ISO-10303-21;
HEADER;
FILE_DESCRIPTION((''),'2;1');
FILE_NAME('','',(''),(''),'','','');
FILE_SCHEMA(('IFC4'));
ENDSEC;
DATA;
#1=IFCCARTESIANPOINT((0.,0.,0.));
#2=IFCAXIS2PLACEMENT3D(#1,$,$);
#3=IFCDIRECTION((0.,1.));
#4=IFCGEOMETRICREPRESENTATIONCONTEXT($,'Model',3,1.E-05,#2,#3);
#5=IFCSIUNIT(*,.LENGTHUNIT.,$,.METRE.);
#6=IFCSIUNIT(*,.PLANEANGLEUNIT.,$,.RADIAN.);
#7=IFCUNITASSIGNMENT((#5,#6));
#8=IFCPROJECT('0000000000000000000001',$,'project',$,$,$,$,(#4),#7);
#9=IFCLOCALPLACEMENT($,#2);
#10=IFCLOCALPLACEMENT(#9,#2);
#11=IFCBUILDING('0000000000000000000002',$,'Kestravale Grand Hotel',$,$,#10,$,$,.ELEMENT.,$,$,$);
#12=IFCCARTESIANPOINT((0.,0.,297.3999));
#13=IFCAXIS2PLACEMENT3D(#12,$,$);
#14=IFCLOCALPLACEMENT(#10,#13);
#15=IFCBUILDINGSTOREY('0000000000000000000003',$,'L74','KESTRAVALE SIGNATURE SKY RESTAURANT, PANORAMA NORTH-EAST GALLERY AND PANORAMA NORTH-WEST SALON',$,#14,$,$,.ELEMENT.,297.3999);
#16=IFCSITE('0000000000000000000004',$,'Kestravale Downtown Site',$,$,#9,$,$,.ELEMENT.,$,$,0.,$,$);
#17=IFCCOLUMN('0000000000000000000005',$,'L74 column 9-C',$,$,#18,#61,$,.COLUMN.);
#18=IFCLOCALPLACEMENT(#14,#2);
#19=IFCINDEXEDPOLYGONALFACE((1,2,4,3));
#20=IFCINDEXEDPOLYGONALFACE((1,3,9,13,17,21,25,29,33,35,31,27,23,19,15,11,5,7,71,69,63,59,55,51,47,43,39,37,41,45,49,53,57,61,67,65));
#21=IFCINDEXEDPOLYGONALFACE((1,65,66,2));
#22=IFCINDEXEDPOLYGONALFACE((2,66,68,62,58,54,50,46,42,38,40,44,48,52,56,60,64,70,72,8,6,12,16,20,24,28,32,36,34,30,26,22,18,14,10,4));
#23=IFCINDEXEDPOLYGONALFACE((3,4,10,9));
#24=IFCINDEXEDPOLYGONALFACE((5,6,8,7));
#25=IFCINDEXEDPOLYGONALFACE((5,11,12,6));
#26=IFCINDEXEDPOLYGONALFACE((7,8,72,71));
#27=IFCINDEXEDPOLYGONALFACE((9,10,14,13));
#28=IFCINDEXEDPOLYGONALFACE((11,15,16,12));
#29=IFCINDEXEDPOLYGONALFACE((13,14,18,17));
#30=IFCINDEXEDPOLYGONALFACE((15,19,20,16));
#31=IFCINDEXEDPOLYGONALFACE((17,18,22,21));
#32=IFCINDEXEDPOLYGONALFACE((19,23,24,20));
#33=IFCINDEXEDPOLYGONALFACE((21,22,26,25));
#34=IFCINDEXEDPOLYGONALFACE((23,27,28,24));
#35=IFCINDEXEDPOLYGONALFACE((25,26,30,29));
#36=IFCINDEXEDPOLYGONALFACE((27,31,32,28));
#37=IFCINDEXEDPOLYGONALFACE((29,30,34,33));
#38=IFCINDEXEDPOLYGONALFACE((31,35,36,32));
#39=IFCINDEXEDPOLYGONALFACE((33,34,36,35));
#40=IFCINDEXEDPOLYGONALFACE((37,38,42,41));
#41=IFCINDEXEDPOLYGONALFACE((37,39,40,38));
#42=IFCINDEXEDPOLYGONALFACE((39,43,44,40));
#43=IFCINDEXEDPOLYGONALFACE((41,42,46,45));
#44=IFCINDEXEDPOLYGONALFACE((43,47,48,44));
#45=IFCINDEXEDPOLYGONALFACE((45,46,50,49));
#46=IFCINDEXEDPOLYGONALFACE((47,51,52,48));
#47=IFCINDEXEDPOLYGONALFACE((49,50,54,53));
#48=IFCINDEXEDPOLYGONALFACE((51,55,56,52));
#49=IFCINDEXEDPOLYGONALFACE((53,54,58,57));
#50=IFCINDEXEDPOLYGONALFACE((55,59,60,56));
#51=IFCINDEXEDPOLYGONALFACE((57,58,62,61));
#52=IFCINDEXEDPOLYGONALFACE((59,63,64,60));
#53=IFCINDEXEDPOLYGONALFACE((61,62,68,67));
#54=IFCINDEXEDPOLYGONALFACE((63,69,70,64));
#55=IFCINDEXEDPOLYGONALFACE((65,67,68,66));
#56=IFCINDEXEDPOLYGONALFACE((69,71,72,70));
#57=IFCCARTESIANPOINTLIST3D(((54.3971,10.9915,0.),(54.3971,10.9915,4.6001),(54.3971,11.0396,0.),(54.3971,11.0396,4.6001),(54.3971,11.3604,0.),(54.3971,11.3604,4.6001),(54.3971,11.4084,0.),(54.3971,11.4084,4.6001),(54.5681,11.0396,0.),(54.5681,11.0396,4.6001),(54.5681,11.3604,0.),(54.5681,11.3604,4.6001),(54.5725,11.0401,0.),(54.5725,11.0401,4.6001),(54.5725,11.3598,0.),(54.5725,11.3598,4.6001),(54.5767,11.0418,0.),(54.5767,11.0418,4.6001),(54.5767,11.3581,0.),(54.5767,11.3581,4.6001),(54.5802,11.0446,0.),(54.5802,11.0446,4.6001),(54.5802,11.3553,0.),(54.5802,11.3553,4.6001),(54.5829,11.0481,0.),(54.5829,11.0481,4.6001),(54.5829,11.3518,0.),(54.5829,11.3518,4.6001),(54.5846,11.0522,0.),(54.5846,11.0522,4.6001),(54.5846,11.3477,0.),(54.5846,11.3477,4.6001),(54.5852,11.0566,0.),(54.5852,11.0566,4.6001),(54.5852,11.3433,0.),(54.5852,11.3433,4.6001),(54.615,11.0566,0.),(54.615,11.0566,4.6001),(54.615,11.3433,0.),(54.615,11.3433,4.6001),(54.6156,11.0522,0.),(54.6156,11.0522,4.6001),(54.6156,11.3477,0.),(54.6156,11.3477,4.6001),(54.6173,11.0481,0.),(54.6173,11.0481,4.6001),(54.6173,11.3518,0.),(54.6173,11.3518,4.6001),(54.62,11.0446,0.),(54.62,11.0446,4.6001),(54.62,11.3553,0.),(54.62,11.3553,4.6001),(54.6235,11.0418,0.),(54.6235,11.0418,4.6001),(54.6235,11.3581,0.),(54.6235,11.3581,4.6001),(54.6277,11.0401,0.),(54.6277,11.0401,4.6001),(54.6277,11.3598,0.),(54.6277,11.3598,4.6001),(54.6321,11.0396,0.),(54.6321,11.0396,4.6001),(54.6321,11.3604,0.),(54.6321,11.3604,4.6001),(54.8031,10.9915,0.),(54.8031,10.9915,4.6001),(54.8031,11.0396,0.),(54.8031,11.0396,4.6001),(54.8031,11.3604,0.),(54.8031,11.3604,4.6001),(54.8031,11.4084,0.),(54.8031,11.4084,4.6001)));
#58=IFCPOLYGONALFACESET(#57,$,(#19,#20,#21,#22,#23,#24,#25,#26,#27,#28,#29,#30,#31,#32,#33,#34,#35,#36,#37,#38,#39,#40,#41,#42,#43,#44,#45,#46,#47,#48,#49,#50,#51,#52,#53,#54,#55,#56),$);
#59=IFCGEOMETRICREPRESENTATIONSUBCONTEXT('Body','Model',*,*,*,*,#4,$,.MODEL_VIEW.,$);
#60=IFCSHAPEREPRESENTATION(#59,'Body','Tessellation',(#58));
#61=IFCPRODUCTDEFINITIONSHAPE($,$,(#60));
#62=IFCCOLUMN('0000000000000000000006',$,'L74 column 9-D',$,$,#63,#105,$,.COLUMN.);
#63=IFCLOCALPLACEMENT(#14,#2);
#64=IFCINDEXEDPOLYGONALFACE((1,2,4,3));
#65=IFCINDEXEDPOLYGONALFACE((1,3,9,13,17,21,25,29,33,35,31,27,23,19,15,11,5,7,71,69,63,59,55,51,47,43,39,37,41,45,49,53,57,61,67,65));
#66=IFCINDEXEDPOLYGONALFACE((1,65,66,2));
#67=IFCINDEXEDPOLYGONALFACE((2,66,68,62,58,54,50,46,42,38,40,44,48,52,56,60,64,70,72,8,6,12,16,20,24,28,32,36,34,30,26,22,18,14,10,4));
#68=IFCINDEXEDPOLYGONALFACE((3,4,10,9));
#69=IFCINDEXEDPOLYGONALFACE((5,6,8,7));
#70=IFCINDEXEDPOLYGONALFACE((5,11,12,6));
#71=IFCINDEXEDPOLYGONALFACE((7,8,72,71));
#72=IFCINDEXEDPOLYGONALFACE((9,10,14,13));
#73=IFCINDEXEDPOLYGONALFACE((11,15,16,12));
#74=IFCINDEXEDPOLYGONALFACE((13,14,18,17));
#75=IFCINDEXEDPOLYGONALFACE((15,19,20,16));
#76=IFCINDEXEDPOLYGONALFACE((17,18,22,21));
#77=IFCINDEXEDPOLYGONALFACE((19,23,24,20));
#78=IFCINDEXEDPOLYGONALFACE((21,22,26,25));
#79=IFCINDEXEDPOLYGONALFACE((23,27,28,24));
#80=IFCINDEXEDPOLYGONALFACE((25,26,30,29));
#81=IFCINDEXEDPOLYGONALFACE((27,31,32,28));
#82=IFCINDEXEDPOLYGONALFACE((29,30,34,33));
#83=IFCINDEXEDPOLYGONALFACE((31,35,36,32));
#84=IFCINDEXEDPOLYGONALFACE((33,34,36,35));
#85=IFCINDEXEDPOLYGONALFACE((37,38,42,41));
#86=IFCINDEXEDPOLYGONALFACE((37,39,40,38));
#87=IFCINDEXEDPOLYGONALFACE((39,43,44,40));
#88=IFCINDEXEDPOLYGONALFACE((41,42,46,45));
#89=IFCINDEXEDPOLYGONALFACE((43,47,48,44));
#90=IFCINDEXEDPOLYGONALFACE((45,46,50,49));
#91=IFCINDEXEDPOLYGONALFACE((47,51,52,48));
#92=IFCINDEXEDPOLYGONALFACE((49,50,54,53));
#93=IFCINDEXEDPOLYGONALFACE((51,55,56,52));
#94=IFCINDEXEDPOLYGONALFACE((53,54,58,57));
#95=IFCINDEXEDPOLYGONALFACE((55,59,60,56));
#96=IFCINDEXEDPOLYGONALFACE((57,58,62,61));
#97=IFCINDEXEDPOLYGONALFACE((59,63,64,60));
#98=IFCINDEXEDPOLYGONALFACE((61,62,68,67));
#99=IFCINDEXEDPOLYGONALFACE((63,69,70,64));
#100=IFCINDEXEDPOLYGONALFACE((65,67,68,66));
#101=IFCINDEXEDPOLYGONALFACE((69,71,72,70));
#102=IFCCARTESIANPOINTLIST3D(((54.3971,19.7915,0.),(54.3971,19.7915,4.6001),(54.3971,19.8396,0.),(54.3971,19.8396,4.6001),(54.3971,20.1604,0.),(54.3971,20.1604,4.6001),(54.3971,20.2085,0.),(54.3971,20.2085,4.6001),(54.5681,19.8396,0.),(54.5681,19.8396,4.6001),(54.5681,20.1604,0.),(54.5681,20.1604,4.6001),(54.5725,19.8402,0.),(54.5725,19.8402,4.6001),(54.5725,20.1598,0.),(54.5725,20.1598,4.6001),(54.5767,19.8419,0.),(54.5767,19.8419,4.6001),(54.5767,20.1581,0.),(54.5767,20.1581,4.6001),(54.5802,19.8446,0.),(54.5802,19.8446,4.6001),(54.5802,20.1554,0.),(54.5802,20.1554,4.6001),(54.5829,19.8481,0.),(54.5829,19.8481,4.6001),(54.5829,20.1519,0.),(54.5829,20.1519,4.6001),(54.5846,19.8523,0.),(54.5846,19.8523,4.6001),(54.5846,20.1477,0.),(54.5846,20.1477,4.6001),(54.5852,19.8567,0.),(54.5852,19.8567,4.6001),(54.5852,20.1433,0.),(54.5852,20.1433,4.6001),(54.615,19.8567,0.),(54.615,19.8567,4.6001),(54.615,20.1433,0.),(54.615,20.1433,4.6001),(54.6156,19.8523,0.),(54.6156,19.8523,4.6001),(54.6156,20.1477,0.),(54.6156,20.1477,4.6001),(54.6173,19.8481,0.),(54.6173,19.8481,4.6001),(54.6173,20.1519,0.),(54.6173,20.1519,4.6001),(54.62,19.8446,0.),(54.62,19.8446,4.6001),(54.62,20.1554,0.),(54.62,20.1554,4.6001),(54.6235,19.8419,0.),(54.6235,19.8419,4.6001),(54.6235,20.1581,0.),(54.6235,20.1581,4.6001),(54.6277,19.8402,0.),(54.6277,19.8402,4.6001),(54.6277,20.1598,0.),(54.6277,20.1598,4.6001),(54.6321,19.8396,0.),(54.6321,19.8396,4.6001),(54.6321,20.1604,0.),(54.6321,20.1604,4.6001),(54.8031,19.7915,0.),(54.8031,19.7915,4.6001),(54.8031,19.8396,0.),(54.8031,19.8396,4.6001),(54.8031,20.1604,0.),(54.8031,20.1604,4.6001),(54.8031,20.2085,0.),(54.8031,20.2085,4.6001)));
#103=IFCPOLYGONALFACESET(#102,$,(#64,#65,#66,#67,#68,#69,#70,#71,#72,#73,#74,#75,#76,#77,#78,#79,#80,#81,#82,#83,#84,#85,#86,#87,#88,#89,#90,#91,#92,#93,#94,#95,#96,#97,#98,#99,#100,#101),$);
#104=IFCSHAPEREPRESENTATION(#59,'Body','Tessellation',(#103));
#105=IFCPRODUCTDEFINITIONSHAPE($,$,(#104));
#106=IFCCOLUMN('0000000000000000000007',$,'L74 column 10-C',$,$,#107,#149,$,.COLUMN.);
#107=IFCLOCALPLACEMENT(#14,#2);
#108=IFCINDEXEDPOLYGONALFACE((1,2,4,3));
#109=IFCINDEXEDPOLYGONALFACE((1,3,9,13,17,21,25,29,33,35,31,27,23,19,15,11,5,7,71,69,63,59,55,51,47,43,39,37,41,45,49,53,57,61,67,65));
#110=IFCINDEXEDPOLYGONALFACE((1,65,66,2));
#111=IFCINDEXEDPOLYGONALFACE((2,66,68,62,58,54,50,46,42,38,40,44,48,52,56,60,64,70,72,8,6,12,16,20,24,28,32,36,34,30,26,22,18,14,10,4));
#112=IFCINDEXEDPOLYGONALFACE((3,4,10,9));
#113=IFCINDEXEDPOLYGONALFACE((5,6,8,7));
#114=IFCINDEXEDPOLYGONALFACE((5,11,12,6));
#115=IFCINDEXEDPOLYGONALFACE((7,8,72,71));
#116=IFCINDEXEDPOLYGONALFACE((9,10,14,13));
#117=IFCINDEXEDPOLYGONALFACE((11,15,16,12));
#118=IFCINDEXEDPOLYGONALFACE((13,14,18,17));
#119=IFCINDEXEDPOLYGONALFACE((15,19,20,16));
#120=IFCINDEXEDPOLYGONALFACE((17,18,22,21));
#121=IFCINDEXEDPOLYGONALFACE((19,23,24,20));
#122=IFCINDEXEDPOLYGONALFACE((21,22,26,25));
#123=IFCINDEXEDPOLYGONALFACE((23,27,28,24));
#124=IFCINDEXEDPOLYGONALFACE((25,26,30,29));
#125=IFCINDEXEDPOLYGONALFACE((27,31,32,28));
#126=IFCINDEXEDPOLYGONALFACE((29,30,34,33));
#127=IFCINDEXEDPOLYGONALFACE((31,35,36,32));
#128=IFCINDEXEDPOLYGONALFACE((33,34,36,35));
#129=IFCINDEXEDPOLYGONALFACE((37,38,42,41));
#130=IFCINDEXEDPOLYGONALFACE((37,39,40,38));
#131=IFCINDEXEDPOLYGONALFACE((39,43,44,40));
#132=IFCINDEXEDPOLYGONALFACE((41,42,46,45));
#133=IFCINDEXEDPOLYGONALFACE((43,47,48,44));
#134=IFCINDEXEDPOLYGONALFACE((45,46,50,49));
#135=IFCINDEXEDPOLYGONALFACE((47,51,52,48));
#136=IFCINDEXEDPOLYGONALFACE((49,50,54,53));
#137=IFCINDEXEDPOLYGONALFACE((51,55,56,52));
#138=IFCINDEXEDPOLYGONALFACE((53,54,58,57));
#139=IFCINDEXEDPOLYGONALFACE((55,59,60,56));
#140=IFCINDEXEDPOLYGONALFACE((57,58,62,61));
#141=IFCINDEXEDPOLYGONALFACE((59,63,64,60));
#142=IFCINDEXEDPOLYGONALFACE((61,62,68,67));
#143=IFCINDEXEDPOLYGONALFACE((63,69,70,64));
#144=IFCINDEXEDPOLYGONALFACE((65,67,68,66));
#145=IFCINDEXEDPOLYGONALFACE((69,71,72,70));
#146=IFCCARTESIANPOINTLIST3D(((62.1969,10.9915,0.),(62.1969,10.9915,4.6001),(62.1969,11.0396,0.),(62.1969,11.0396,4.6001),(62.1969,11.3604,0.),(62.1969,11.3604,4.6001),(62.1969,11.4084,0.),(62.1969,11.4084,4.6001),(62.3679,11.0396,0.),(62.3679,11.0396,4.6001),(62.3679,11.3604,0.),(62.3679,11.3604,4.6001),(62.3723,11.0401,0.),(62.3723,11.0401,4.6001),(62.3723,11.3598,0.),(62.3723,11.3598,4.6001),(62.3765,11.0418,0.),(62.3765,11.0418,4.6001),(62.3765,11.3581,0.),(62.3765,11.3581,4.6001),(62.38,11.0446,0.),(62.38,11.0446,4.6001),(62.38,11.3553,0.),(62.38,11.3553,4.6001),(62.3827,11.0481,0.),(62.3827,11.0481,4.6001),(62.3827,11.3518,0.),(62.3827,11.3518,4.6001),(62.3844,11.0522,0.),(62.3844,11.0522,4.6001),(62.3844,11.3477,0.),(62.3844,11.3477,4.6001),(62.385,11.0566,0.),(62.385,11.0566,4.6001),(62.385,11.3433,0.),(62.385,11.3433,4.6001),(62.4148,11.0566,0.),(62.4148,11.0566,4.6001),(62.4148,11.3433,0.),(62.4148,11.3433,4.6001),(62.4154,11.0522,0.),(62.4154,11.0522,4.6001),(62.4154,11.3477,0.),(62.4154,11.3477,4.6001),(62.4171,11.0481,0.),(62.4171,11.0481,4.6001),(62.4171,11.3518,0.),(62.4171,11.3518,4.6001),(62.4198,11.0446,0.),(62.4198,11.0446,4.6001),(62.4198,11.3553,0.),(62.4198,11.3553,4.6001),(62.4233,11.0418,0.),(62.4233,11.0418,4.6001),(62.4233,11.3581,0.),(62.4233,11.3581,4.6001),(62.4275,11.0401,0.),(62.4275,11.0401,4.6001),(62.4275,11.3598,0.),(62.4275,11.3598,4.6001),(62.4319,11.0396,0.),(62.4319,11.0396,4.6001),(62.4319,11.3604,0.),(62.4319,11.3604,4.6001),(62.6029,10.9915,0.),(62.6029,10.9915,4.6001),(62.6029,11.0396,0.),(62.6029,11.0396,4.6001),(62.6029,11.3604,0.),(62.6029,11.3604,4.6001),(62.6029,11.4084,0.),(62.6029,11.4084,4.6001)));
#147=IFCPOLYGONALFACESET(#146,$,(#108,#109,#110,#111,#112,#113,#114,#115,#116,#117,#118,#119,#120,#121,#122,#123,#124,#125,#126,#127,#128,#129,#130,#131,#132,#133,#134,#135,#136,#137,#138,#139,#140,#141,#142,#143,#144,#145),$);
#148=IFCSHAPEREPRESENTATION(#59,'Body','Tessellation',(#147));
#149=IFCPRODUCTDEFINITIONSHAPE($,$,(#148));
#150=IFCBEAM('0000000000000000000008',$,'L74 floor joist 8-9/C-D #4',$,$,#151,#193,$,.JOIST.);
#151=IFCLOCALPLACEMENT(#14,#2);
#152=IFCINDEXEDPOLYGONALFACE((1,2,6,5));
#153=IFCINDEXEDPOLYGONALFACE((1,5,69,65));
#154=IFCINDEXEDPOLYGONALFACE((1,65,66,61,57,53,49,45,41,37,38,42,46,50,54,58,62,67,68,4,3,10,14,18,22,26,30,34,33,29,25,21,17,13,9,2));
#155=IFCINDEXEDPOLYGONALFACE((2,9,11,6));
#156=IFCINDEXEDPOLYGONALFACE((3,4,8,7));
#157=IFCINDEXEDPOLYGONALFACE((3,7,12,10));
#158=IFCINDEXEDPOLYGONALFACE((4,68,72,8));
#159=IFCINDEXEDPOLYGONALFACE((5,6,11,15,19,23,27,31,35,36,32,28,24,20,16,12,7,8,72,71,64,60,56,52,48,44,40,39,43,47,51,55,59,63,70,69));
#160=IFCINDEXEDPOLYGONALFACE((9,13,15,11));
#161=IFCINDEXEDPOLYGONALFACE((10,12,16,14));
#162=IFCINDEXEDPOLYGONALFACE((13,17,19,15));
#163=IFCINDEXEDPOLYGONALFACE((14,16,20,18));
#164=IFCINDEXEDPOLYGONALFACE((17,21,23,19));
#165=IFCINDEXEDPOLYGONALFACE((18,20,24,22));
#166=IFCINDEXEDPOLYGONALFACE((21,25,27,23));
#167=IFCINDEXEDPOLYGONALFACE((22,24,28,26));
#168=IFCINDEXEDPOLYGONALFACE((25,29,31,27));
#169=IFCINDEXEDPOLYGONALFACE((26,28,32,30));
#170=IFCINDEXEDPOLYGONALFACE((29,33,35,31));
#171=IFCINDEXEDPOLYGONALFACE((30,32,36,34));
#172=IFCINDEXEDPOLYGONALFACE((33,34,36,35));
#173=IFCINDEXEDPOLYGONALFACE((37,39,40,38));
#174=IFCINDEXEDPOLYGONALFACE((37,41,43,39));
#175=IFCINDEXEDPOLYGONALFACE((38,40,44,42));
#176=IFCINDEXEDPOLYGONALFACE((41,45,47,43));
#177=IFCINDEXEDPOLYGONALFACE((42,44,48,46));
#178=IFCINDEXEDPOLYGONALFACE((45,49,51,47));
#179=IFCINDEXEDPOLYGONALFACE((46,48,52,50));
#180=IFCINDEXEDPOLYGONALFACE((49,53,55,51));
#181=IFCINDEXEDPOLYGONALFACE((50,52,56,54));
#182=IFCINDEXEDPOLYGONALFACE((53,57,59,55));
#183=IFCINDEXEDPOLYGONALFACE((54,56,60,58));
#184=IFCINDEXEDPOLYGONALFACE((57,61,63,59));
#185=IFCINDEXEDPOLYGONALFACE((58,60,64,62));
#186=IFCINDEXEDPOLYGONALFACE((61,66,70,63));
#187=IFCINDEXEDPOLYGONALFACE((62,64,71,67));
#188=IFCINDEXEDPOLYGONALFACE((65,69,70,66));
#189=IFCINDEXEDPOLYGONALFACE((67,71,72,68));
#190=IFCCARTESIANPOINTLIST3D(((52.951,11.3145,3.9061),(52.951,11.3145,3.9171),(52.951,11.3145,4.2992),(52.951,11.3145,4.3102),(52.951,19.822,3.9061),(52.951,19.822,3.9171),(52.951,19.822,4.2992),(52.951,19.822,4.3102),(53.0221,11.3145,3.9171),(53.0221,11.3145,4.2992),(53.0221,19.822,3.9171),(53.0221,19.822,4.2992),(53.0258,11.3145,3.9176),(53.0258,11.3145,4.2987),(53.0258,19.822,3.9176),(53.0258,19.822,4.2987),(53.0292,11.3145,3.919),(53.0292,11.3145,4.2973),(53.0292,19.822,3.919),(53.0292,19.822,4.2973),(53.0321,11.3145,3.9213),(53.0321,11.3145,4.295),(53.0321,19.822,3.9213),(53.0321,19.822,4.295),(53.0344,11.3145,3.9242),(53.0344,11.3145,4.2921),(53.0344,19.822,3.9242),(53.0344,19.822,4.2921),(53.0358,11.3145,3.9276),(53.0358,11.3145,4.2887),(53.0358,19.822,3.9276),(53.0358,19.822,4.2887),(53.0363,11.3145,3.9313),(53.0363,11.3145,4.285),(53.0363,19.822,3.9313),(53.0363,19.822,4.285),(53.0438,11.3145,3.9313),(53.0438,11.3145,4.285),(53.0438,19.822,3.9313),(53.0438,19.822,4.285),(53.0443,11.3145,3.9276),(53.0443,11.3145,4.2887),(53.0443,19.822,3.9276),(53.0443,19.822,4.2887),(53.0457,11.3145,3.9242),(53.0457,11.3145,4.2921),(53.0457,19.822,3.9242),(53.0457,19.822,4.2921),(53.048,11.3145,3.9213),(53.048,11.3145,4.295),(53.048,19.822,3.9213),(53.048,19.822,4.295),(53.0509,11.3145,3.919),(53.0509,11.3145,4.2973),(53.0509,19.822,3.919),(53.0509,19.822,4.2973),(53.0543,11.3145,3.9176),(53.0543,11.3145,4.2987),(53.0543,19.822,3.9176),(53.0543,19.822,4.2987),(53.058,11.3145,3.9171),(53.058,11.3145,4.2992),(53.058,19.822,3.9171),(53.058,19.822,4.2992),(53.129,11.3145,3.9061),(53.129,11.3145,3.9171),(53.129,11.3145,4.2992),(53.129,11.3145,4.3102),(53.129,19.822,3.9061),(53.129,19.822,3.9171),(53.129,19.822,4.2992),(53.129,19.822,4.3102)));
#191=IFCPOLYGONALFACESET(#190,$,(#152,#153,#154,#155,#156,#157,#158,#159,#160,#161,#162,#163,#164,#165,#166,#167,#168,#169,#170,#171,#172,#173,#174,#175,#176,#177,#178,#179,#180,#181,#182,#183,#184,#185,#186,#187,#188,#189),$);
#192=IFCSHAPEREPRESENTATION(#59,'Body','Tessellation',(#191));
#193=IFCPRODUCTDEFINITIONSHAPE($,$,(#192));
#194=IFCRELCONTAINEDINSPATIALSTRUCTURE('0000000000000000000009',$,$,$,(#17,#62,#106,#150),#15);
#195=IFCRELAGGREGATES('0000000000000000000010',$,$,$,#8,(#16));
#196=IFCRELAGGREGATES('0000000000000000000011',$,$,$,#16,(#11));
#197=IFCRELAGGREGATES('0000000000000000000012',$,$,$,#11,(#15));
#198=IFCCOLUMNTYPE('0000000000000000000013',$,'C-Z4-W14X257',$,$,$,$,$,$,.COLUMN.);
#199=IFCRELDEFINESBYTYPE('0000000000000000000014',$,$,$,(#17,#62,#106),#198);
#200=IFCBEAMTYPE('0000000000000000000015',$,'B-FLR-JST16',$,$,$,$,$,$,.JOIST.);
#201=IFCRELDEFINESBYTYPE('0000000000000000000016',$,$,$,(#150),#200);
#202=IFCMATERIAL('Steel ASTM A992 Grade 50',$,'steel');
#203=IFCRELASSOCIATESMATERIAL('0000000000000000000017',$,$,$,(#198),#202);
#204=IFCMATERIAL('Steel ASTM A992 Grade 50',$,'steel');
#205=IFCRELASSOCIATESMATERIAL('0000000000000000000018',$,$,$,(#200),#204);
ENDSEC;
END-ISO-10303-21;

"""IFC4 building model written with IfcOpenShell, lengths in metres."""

from ifc_helpers import new_model, si_unit, direction, frame, origin, origin_2d, place, context, subcontext, project, spatial, i_section, extrude, material, material_profile, profile_set, type_object, element, save


model = new_model("IFC4")

# Units and contexts
model_context = context("Model", 3, precision=1e-05, world=origin(), true_north=direction((0.0, 1.0)))
body_context = subcontext(model_context, "Body", "Model", "MODEL_VIEW")
ifc_project = project(units=[si_unit("LENGTHUNIT", "METRE"), si_unit("PLANEANGLEUNIT", "RADIAN")], contexts=[model_context])

# Site, building, storey
site_placement = place(None, origin())
site = spatial("IfcSite", under=ifc_project, at=site_placement, Name="Kestravale Downtown Site", CompositionType="ELEMENT", RefElevation=0.0)
building_placement = place(site_placement, origin())
building = spatial("IfcBuilding", under=site, at=building_placement, Name="Kestravale Grand Hotel", CompositionType="ELEMENT")
storey_placement = place(building_placement, frame((0.0, 0.0, 297.3999)))
storey = spatial("IfcBuildingStorey", under=building, at=storey_placement, Name="L74", Description="KESTRAVALE SIGNATURE SKY RESTAURANT, PANORAMA NORTH-EAST GALLERY AND PANORAMA NORTH-WEST SALON", CompositionType="ELEMENT", Elevation=297.3999)

# Columns
ifc_material_1 = material(Name="Steel ASTM A992 Grade 50", Category="steel")
ifc_material_profile_1 = material_profile(ifc_material_1, i_section(OverallWidth=0.406, OverallDepth=0.417, WebThickness=0.0298, FlangeThickness=0.0481, FilletRadius=0.0171, at=origin_2d()))
ifc_profile_set_1 = profile_set([ifc_material_profile_1], Name="Steel ASTM A992 Grade 50")
column_type = type_object("IfcColumnType", Name="C-Z4-W14X257", PredefinedType="COLUMN", material=ifc_profile_set_1)
for number, where, z_axis, x_axis, name in (
    (1, (54.6001, 11.2, 0.0), (0.0, 0.0, 1.0), (1.0, 0.0, 0.0), "L74 column 9-C"),
    (2, (54.6001, 20.0, 0.0), (0.0, 0.0, 1.0), (1.0, 0.0, 0.0), "L74 column 9-D"),
    (3, (62.3999, 11.2, 0.0), (0.0, 0.0, 1.0), (1.0, 0.0, 0.0), "L74 column 10-C"),
):
    element("IfcColumn", number, at=place(storey_placement, frame(where, z_axis=z_axis, x_axis=x_axis)), inside=storey, type_object=column_type, Name=name, PredefinedType="COLUMN", context=body_context, shape_type="SweptSolid", body=[
        extrude(i_section(OverallWidth=0.406, OverallDepth=0.417, WebThickness=0.0298, FlangeThickness=0.0481, FilletRadius=0.0171, at=origin_2d()), origin(), (0.0, 0.0, 1.0), 4.6001),
    ])

# Beam
ifc_material_2 = material(Name="Steel ASTM A992 Grade 50", Category="steel")
ifc_material_profile_2 = material_profile(ifc_material_2, i_section(OverallWidth=0.178, OverallDepth=0.4041, WebThickness=0.0076, FlangeThickness=0.011, FilletRadius=0.0142, at=origin_2d()))
ifc_profile_set_2 = profile_set([ifc_material_profile_2], Name="Steel ASTM A992 Grade 50")
beam_type_1 = type_object("IfcBeamType", Name="B-FLR-JST16", PredefinedType="JOIST", material=ifc_profile_set_2)
for number, where, z_axis, x_axis, name in (
    (4, (53.04, 11.3145, 4.1082), (0.0, 1.0, 0.0), (-1.0, 0.0, 0.0), "L74 floor joist 8-9/C-D #4"),
):
    element("IfcBeam", number, at=place(storey_placement, frame(where, z_axis=z_axis, x_axis=x_axis)), inside=storey, type_object=beam_type_1, Name=name, PredefinedType="JOIST", context=body_context, shape_type="SweptSolid", body=[
        extrude(i_section(OverallWidth=0.178, OverallDepth=0.4041, WebThickness=0.0076, FlangeThickness=0.011, FilletRadius=0.0142, at=origin_2d()), origin(), (0.0, 0.0, 1.0), 8.5076),
    ])

save(model, "model.ifc")
